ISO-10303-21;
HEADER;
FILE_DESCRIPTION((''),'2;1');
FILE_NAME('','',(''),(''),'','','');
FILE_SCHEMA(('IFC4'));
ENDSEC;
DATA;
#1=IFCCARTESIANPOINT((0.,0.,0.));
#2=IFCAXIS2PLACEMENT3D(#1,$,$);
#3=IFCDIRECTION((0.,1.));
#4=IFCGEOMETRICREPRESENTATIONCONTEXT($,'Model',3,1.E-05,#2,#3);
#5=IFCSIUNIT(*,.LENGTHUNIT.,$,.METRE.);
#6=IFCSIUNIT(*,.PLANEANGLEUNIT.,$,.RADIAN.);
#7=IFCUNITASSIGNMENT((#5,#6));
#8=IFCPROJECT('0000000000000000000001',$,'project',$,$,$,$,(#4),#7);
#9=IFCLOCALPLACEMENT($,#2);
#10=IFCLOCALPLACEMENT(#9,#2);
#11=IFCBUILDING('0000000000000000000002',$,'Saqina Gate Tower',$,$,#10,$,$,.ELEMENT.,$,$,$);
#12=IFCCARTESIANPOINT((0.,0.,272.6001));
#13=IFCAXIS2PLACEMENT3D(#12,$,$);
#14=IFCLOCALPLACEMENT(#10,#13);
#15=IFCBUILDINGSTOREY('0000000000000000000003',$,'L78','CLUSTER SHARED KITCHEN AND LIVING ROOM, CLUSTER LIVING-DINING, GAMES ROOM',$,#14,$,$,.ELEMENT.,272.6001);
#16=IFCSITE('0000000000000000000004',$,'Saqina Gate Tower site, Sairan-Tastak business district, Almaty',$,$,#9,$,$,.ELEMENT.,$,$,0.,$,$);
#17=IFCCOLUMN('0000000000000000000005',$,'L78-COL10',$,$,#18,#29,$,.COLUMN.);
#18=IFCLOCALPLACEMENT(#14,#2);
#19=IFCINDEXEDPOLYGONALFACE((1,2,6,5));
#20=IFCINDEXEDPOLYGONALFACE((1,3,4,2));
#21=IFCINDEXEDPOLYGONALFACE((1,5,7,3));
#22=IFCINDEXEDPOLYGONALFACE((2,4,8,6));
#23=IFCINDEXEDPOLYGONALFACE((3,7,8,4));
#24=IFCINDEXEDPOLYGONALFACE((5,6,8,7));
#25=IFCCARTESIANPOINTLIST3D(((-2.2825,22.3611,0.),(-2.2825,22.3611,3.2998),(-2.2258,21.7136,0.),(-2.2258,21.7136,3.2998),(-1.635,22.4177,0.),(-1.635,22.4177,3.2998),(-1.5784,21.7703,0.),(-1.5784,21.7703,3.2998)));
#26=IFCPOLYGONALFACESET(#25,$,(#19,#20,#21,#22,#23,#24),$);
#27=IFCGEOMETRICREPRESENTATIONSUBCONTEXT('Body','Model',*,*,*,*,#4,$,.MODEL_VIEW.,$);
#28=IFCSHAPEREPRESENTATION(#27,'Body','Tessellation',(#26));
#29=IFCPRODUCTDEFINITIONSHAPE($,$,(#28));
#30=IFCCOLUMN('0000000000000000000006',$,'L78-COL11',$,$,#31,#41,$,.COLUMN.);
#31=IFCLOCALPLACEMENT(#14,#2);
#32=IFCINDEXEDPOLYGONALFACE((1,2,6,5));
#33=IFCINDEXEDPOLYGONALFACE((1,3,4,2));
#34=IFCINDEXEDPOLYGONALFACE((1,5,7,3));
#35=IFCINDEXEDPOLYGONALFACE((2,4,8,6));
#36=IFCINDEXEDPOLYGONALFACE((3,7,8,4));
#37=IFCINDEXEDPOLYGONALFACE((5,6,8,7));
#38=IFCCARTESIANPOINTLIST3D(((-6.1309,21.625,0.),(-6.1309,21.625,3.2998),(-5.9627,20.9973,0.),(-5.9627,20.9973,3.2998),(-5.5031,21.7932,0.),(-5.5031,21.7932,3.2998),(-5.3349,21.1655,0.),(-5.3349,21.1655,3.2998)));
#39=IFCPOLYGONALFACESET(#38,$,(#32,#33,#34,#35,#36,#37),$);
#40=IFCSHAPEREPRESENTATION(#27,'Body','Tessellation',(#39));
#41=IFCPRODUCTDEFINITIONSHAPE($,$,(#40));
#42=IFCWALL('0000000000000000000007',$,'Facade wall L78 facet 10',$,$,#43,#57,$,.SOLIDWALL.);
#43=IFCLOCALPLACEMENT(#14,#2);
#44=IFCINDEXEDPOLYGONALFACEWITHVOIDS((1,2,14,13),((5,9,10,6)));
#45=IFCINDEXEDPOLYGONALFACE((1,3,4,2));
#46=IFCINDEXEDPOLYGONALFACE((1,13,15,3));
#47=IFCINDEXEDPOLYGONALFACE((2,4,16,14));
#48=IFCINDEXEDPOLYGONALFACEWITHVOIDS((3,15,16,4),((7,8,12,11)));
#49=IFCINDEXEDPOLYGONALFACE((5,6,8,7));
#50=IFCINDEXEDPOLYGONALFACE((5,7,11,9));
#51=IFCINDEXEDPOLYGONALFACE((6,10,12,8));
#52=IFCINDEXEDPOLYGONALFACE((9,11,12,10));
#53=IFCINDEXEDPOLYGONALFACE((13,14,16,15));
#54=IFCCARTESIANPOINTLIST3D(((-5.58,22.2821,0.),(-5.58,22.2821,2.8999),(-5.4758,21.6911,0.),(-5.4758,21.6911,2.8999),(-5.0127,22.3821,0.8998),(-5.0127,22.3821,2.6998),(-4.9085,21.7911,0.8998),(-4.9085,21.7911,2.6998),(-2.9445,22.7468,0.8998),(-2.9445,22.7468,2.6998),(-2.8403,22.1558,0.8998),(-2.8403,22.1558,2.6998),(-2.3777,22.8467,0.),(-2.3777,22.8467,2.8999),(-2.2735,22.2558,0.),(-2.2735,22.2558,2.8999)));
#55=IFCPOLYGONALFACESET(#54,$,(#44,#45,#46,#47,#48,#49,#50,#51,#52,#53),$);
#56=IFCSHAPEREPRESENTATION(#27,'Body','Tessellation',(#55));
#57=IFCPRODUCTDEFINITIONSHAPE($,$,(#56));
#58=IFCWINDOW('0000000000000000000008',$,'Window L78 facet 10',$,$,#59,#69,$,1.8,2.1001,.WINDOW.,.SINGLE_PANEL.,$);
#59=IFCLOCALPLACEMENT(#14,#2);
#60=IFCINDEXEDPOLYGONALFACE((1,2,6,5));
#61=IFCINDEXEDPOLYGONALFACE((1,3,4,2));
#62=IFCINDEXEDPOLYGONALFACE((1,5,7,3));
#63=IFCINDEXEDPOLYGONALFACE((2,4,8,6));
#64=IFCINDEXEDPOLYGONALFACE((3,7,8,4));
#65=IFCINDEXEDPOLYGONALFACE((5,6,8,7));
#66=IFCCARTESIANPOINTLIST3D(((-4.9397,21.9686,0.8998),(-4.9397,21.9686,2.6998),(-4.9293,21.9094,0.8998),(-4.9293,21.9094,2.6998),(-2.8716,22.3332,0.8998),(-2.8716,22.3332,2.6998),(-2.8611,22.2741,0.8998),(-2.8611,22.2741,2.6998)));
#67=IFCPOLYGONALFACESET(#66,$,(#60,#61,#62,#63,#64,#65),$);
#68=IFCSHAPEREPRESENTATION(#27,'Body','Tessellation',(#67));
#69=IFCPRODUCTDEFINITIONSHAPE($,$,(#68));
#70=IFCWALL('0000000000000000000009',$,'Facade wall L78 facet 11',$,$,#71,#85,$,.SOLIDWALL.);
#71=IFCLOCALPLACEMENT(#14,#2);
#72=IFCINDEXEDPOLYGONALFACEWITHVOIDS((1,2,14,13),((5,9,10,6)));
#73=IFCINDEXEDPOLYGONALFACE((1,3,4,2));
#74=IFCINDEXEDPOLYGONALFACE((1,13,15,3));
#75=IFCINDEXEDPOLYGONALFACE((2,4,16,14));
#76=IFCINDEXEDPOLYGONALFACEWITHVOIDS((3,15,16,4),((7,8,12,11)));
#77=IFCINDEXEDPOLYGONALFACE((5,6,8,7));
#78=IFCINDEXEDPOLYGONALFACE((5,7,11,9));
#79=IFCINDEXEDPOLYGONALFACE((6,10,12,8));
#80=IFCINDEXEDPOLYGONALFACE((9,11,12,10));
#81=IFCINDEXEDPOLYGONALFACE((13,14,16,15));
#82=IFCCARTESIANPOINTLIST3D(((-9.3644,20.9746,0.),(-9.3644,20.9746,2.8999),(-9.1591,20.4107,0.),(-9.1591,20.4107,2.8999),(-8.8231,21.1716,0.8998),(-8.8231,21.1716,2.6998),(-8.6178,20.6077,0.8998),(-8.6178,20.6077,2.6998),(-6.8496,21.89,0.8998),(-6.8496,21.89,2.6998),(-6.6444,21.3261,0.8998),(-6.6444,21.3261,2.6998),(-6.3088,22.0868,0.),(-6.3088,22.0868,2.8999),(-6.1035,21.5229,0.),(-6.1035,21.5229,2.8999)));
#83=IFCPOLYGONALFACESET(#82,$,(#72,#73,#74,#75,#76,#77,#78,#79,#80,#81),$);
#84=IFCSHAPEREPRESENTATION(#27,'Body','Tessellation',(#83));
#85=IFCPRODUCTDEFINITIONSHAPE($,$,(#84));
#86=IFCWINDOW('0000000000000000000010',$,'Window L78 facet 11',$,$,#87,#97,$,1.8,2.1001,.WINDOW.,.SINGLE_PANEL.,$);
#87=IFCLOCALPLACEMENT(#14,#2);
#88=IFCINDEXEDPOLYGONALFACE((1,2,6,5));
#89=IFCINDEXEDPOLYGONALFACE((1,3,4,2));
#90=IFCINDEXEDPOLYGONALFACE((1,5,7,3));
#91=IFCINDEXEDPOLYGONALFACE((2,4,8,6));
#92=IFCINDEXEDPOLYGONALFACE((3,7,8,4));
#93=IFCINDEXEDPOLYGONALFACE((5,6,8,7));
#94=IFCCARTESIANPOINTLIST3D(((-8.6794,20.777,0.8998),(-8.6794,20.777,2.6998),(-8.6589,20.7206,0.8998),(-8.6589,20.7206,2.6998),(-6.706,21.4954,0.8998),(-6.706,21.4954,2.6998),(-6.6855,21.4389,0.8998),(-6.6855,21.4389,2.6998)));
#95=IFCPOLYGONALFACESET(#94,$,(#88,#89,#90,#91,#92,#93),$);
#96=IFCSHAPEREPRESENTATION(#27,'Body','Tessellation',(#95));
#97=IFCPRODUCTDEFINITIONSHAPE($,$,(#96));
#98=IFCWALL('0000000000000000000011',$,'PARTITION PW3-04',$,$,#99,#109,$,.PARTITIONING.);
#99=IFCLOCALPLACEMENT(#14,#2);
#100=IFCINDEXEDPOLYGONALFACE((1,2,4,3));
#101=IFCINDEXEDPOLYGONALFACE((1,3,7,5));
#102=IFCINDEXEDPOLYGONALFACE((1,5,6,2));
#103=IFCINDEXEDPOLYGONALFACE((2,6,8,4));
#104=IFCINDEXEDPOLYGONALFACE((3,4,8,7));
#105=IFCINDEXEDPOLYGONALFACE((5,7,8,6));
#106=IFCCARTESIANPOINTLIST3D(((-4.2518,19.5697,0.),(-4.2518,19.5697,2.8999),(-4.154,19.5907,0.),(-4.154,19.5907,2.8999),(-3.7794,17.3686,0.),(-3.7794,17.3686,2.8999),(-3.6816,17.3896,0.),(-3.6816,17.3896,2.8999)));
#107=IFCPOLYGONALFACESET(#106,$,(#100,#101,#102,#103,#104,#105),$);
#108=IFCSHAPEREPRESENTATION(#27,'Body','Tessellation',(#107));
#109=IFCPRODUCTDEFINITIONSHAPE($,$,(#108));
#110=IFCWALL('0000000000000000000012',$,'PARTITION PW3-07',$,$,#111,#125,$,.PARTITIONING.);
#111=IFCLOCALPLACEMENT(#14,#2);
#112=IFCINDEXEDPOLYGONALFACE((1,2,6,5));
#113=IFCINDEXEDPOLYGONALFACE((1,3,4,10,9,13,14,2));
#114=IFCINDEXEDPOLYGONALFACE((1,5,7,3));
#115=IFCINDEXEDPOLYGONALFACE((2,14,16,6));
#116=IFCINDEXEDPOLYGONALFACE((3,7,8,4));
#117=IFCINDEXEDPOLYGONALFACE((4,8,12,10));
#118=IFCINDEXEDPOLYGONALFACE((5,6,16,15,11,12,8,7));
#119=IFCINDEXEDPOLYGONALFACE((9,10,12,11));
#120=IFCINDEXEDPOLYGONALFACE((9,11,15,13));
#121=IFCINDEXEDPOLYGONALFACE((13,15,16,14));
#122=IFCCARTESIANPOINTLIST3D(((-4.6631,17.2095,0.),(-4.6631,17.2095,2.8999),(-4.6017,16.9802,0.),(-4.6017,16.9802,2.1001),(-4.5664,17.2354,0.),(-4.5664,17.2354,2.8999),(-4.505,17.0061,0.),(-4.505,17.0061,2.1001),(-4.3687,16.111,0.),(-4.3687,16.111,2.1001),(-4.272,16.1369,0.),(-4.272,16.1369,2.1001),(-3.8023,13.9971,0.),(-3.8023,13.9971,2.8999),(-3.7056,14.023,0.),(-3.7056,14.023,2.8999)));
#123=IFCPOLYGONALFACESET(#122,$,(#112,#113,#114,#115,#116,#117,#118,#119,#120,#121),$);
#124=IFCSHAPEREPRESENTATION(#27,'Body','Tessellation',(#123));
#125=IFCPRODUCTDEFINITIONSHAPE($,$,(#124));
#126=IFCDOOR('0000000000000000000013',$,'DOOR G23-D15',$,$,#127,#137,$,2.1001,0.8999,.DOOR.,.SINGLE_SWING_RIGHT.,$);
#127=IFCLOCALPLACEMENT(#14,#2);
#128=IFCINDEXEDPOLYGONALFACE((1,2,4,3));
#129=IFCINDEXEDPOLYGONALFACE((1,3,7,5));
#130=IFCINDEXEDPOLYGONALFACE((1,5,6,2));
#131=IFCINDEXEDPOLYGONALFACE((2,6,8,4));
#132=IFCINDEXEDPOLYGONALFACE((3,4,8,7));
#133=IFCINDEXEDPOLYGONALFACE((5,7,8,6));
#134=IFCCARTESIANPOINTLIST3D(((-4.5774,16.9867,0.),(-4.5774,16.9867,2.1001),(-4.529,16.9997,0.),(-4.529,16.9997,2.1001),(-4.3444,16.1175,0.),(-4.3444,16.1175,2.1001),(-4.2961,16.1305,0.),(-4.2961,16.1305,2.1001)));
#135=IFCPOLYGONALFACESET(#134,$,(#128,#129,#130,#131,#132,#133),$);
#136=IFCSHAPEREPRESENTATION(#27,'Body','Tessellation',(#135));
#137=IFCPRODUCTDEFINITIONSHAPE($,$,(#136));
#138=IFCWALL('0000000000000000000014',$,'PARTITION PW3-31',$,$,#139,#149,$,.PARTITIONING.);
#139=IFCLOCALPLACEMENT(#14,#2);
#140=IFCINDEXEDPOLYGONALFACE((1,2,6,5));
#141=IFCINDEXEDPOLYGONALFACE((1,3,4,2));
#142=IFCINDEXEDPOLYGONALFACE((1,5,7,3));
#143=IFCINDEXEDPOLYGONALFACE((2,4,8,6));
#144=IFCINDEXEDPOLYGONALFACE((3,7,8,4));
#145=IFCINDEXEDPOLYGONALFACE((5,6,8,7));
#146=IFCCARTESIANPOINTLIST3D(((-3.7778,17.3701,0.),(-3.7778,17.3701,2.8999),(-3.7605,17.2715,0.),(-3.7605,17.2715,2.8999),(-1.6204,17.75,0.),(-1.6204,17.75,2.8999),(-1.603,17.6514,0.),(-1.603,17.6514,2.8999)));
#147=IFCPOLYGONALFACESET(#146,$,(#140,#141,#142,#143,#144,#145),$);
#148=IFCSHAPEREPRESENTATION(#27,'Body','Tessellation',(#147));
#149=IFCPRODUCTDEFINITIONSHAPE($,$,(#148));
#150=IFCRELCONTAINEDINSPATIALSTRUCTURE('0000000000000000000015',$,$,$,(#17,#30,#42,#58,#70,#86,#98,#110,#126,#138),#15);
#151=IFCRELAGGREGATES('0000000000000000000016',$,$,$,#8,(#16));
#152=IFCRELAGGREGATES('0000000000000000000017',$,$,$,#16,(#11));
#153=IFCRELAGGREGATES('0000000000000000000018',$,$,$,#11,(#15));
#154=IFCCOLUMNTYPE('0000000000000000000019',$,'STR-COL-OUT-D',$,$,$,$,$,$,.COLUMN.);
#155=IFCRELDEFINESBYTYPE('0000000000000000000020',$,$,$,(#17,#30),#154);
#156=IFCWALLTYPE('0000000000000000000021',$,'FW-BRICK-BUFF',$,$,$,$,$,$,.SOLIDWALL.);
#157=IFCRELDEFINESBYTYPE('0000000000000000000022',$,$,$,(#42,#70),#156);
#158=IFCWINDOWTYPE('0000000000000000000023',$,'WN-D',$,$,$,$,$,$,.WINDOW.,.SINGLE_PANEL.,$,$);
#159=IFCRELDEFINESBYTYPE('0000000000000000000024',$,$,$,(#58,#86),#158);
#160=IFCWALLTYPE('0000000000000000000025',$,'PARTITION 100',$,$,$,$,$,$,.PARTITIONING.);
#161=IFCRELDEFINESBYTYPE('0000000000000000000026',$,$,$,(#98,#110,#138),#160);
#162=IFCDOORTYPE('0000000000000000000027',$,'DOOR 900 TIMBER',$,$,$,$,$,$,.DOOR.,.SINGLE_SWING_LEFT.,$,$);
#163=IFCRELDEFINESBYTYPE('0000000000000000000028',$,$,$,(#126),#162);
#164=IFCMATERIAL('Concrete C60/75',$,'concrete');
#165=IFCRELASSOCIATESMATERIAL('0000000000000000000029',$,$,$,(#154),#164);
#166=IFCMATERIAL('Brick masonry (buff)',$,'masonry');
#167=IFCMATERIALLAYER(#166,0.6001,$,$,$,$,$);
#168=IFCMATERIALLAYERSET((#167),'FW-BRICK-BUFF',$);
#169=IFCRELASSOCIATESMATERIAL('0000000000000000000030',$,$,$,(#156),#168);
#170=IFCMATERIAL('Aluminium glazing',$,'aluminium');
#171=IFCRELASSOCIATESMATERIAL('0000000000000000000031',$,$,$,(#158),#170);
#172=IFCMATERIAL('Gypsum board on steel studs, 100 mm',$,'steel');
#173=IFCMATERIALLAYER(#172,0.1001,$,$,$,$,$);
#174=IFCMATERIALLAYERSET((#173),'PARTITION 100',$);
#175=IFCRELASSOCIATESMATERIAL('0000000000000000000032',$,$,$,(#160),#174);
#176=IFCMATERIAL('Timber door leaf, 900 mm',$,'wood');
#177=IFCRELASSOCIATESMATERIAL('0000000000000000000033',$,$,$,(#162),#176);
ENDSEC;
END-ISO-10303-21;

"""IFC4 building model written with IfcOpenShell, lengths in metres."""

from ifc_helpers import new_model, si_unit, direction, frame, frame_2d, origin, origin_2d, place, context, subcontext, project, spatial, rectangle, extrude, material, layer, layer_set, material_profile, profile_set, type_object, element, fill, save


model = new_model("IFC4")

# Units and contexts
model_context = context("Model", 3, precision=1e-05, world=origin(), true_north=direction((0.0, 1.0)))
body_context = subcontext(model_context, "Body", "Model", "MODEL_VIEW")
ifc_project = project(units=[si_unit("LENGTHUNIT", "METRE"), si_unit("PLANEANGLEUNIT", "RADIAN")], contexts=[model_context])

# Site, building, storey
site_placement = place(None, origin())
site = spatial("IfcSite", under=ifc_project, at=site_placement, Name="Saqina Gate Tower site, Sairan-Tastak business district, Almaty", CompositionType="ELEMENT", RefElevation=0.0)
building_placement = place(site_placement, origin())
building = spatial("IfcBuilding", under=site, at=building_placement, Name="Saqina Gate Tower", CompositionType="ELEMENT")
storey_placement = place(building_placement, frame((0.0, 0.0, 272.6001)))
storey = spatial("IfcBuildingStorey", under=building, at=storey_placement, Name="L78", Description="CLUSTER SHARED KITCHEN AND LIVING ROOM, CLUSTER LIVING-DINING, GAMES ROOM", CompositionType="ELEMENT", Elevation=272.6001)

# Columns
ifc_material_1 = material(Name="Concrete C60/75", Category="concrete")
ifc_material_profile = material_profile(ifc_material_1, rectangle(XDim=0.6499, YDim=0.6499, at=origin_2d()), Name="RC 650x650")
ifc_profile_set = profile_set([ifc_material_profile], Name="Concrete C60/75")
column_type = type_object("IfcColumnType", Name="STR-COL-OUT-D", PredefinedType="COLUMN", material=ifc_profile_set)
for number, where, z_axis, x_axis, name in (
    (1, (-1.9304, 22.0657, 0.0), (0.0, 0.0, 1.0), (-0.087156, 0.996195, 0.0), "L78-COL10"),
    (2, (-5.7329, 21.3953, 0.0), (0.0, 0.0, 1.0), (-0.258819, 0.965926, 0.0), "L78-COL11"),
):
    element("IfcColumn", number, at=place(storey_placement, frame(where, z_axis=z_axis, x_axis=x_axis)), inside=storey, type_object=column_type, Name=name, PredefinedType="COLUMN", context=body_context, shape_type="SweptSolid", body=[
        extrude(rectangle(XDim=0.6499, YDim=0.6499, at=origin_2d()), origin(), (0.0, 0.0, 1.0), 3.2998),
    ])

# Walls, openings, windows
ifc_material_2 = material(Name="Brick masonry (buff)", Category="masonry")
ifc_layer_1 = layer(ifc_material_2, 0.6001)
ifc_layer_set_1 = layer_set([ifc_layer_1], Name="FW-BRICK-BUFF")
wall_type_1 = type_object("IfcWallType", Name="FW-BRICK-BUFF", PredefinedType="SOLIDWALL", material=ifc_layer_set_1)
wall_1_placement = place(storey_placement, frame((-2.3254, 22.5513, 0.0), z_axis=(0.0, 0.0, 1.0), x_axis=(-0.984806, -0.173657, 0.0)))
wall_1 = element("IfcWall", 3, at=wall_1_placement, inside=storey, type_object=wall_type_1, Name="Facade wall L78 facet 10", PredefinedType="SOLIDWALL", context=body_context, shape_type="SweptSolid", body=[
    extrude(rectangle(XDim=3.2517, YDim=0.6001, at=frame_2d((1.626, 0.0))), origin(), (0.0, 0.0, 1.0), 2.8999),
])
opening_1_placement = place(wall_1_placement, frame((0.5757, 0.0, 0.8999)))
opening_1 = element("IfcOpeningElement", 4, at=opening_1_placement, cuts=wall_1, PredefinedType="OPENING", context=body_context, shape_type="SweptSolid", body=[
    extrude(rectangle(XDim=2.1001, YDim=1.8, at=frame_2d((1.05, 0.8999))), frame((0.0, 0.312, 0.0), z_axis=(0.0, -1.0, 0.0), x_axis=(1.0, 0.0, 0.0)), (0.0, 0.0, 1.0), 0.624),
])
ifc_material_3 = material(Name="Aluminium glazing", Category="aluminium")
window_type = type_object("IfcWindowType", Name="WN-D", PartitioningType="SINGLE_PANEL", PredefinedType="WINDOW", material=ifc_material_3)
window_1_placement = place(opening_1_placement, origin())
window_1 = element("IfcWindow", 5, at=window_1_placement, inside=storey, type_object=window_type, Name="Window L78 facet 10", OverallHeight=1.8, OverallWidth=2.1001, PartitioningType="SINGLE_PANEL", PredefinedType="WINDOW", context=body_context, shape_type="SweptSolid", body=[
    extrude(rectangle(XDim=2.1001, YDim=1.8, at=frame_2d((1.05, 0.8999))), frame((0.0, 0.1799, 0.0), z_axis=(0.0, -1.0, 0.0), x_axis=(1.0, 0.0, 0.0)), (0.0, 0.0, 1.0), 0.0601),
])
fill(opening_1, window_1)
wall_2_placement = place(storey_placement, frame((-6.2061, 21.8049, 0.0), z_axis=(0.0, 0.0, 1.0), x_axis=(-0.939679, -0.342057, 0.0)))
wall_2 = element("IfcWall", 6, at=wall_2_placement, inside=storey, type_object=wall_type_1, Name="Facade wall L78 facet 11", PredefinedType="SOLIDWALL", context=body_context, shape_type="SweptSolid", body=[
    extrude(rectangle(XDim=3.2517, YDim=0.6001, at=frame_2d((1.626, 0.0))), origin(), (0.0, 0.0, 1.0), 2.8999),
])
opening_2_placement = place(wall_2_placement, frame((0.5757, 0.0, 0.8999)))
opening_2 = element("IfcOpeningElement", 7, at=opening_2_placement, cuts=wall_2, PredefinedType="OPENING", context=body_context, shape_type="SweptSolid", body=[
    extrude(rectangle(XDim=2.1001, YDim=1.8, at=frame_2d((1.05, 0.8999))), frame((0.0, 0.312, 0.0), z_axis=(0.0, -1.0, 0.0), x_axis=(1.0, 0.0, 0.0)), (0.0, 0.0, 1.0), 0.624),
])
window_2_placement = place(opening_2_placement, origin())
window_2 = element("IfcWindow", 8, at=window_2_placement, inside=storey, type_object=window_type, Name="Window L78 facet 11", OverallHeight=1.8, OverallWidth=2.1001, PartitioningType="SINGLE_PANEL", PredefinedType="WINDOW", context=body_context, shape_type="SweptSolid", body=[
    extrude(rectangle(XDim=2.1001, YDim=1.8, at=frame_2d((1.05, 0.8999))), frame((0.0, 0.1799, 0.0), z_axis=(0.0, -1.0, 0.0), x_axis=(1.0, 0.0, 0.0)), (0.0, 0.0, 1.0), 0.0601),
])
fill(opening_2, window_2)

# Wall
ifc_material_4 = material(Name="Gypsum board on steel studs, 100 mm", Category="steel")
ifc_layer_2 = layer(ifc_material_4, 0.1001)
ifc_layer_set_2 = layer_set([ifc_layer_2], Name="PARTITION 100")
wall_type_2 = type_object("IfcWallType", Name="PARTITION 100", PredefinedType="PARTITIONING", material=ifc_layer_set_2)
wall_3_placement = place(storey_placement, frame((-4.2029, 19.5801, 0.0), z_axis=(0.0, 0.0, 1.0), x_axis=(0.20984, -0.977736, 0.0)))
element("IfcWall", 9, at=wall_3_placement, inside=storey, type_object=wall_type_2, Name="PARTITION PW3-04", PredefinedType="PARTITIONING", context=body_context, shape_type="SweptSolid", body=[
    extrude(rectangle(XDim=2.2512, YDim=0.1001, at=frame_2d((1.1255, 0.0))), origin(), (0.0, 0.0, 1.0), 2.8999),
])

# Wall, opening, door
wall_4_placement = place(storey_placement, frame((-4.6147, 17.2224, 0.0), z_axis=(0.0, 0.0, 1.0), x_axis=(0.258841, -0.96592, 0.0)))
wall_4 = element("IfcWall", 10, at=wall_4_placement, inside=storey, type_object=wall_type_2, Name="PARTITION PW3-07", PredefinedType="PARTITIONING", context=body_context, shape_type="SweptSolid", body=[
    extrude(rectangle(XDim=3.3257, YDim=0.1001, at=frame_2d((1.6628, 0.0))), origin(), (0.0, 0.0, 1.0), 2.8999),
])
opening_3_placement = place(wall_4_placement, frame((0.2373, 0.0, 0.0)))
opening_3 = element("IfcOpeningElement", 11, at=opening_3_placement, cuts=wall_4, PredefinedType="OPENING", context=body_context, shape_type="SweptSolid", body=[
    extrude(rectangle(XDim=0.8999, YDim=2.1001, at=frame_2d((0.45, 1.05))), frame((0.0, 0.062, 0.0), z_axis=(0.0, -1.0, 0.0), x_axis=(1.0, 0.0, 0.0)), (0.0, 0.0, 1.0), 0.124),
])
ifc_material_5 = material(Name="Timber door leaf, 900 mm", Category="wood")
door_type_1 = type_object("IfcDoorType", Name="DOOR 900 TIMBER", OperationType="SINGLE_SWING_LEFT", PredefinedType="DOOR", material=ifc_material_5)
door_1_placement = place(opening_3_placement, frame((0.8999, 0.0, 0.0), z_axis=(0.0, 0.0, 1.0), x_axis=(-1.0, 0.0, 0.0)))
door_1 = element("IfcDoor", 12, at=door_1_placement, inside=storey, type_object=door_type_1, Name="DOOR G23-D15", OperationType="SINGLE_SWING_RIGHT", OverallHeight=2.1001, OverallWidth=0.8999, PredefinedType="DOOR", context=body_context, shape_type="SweptSolid", body=[
    extrude(rectangle(XDim=0.8999, YDim=2.1001, at=frame_2d((0.45, 1.05))), frame((0.0, 0.0249, 0.0), z_axis=(0.0, -1.0, 0.0), x_axis=(1.0, 0.0, 0.0)), (0.0, 0.0, 1.0), 0.05),
])
fill(opening_3, door_1)

# Wall
wall_5_placement = place(storey_placement, frame((-3.769, 17.3208, 0.0), z_axis=(0.0, 0.0, 1.0), x_axis=(0.98485, 0.17341, 0.0)))
element("IfcWall", 13, at=wall_5_placement, inside=storey, type_object=wall_type_2, Name="PARTITION PW3-31", PredefinedType="PARTITIONING", context=body_context, shape_type="SweptSolid", body=[
    extrude(rectangle(XDim=2.1907, YDim=0.1001, at=frame_2d((1.0952, 0.0))), origin(), (0.0, 0.0, 1.0), 2.8999),
])

save(model, "model.ifc")
